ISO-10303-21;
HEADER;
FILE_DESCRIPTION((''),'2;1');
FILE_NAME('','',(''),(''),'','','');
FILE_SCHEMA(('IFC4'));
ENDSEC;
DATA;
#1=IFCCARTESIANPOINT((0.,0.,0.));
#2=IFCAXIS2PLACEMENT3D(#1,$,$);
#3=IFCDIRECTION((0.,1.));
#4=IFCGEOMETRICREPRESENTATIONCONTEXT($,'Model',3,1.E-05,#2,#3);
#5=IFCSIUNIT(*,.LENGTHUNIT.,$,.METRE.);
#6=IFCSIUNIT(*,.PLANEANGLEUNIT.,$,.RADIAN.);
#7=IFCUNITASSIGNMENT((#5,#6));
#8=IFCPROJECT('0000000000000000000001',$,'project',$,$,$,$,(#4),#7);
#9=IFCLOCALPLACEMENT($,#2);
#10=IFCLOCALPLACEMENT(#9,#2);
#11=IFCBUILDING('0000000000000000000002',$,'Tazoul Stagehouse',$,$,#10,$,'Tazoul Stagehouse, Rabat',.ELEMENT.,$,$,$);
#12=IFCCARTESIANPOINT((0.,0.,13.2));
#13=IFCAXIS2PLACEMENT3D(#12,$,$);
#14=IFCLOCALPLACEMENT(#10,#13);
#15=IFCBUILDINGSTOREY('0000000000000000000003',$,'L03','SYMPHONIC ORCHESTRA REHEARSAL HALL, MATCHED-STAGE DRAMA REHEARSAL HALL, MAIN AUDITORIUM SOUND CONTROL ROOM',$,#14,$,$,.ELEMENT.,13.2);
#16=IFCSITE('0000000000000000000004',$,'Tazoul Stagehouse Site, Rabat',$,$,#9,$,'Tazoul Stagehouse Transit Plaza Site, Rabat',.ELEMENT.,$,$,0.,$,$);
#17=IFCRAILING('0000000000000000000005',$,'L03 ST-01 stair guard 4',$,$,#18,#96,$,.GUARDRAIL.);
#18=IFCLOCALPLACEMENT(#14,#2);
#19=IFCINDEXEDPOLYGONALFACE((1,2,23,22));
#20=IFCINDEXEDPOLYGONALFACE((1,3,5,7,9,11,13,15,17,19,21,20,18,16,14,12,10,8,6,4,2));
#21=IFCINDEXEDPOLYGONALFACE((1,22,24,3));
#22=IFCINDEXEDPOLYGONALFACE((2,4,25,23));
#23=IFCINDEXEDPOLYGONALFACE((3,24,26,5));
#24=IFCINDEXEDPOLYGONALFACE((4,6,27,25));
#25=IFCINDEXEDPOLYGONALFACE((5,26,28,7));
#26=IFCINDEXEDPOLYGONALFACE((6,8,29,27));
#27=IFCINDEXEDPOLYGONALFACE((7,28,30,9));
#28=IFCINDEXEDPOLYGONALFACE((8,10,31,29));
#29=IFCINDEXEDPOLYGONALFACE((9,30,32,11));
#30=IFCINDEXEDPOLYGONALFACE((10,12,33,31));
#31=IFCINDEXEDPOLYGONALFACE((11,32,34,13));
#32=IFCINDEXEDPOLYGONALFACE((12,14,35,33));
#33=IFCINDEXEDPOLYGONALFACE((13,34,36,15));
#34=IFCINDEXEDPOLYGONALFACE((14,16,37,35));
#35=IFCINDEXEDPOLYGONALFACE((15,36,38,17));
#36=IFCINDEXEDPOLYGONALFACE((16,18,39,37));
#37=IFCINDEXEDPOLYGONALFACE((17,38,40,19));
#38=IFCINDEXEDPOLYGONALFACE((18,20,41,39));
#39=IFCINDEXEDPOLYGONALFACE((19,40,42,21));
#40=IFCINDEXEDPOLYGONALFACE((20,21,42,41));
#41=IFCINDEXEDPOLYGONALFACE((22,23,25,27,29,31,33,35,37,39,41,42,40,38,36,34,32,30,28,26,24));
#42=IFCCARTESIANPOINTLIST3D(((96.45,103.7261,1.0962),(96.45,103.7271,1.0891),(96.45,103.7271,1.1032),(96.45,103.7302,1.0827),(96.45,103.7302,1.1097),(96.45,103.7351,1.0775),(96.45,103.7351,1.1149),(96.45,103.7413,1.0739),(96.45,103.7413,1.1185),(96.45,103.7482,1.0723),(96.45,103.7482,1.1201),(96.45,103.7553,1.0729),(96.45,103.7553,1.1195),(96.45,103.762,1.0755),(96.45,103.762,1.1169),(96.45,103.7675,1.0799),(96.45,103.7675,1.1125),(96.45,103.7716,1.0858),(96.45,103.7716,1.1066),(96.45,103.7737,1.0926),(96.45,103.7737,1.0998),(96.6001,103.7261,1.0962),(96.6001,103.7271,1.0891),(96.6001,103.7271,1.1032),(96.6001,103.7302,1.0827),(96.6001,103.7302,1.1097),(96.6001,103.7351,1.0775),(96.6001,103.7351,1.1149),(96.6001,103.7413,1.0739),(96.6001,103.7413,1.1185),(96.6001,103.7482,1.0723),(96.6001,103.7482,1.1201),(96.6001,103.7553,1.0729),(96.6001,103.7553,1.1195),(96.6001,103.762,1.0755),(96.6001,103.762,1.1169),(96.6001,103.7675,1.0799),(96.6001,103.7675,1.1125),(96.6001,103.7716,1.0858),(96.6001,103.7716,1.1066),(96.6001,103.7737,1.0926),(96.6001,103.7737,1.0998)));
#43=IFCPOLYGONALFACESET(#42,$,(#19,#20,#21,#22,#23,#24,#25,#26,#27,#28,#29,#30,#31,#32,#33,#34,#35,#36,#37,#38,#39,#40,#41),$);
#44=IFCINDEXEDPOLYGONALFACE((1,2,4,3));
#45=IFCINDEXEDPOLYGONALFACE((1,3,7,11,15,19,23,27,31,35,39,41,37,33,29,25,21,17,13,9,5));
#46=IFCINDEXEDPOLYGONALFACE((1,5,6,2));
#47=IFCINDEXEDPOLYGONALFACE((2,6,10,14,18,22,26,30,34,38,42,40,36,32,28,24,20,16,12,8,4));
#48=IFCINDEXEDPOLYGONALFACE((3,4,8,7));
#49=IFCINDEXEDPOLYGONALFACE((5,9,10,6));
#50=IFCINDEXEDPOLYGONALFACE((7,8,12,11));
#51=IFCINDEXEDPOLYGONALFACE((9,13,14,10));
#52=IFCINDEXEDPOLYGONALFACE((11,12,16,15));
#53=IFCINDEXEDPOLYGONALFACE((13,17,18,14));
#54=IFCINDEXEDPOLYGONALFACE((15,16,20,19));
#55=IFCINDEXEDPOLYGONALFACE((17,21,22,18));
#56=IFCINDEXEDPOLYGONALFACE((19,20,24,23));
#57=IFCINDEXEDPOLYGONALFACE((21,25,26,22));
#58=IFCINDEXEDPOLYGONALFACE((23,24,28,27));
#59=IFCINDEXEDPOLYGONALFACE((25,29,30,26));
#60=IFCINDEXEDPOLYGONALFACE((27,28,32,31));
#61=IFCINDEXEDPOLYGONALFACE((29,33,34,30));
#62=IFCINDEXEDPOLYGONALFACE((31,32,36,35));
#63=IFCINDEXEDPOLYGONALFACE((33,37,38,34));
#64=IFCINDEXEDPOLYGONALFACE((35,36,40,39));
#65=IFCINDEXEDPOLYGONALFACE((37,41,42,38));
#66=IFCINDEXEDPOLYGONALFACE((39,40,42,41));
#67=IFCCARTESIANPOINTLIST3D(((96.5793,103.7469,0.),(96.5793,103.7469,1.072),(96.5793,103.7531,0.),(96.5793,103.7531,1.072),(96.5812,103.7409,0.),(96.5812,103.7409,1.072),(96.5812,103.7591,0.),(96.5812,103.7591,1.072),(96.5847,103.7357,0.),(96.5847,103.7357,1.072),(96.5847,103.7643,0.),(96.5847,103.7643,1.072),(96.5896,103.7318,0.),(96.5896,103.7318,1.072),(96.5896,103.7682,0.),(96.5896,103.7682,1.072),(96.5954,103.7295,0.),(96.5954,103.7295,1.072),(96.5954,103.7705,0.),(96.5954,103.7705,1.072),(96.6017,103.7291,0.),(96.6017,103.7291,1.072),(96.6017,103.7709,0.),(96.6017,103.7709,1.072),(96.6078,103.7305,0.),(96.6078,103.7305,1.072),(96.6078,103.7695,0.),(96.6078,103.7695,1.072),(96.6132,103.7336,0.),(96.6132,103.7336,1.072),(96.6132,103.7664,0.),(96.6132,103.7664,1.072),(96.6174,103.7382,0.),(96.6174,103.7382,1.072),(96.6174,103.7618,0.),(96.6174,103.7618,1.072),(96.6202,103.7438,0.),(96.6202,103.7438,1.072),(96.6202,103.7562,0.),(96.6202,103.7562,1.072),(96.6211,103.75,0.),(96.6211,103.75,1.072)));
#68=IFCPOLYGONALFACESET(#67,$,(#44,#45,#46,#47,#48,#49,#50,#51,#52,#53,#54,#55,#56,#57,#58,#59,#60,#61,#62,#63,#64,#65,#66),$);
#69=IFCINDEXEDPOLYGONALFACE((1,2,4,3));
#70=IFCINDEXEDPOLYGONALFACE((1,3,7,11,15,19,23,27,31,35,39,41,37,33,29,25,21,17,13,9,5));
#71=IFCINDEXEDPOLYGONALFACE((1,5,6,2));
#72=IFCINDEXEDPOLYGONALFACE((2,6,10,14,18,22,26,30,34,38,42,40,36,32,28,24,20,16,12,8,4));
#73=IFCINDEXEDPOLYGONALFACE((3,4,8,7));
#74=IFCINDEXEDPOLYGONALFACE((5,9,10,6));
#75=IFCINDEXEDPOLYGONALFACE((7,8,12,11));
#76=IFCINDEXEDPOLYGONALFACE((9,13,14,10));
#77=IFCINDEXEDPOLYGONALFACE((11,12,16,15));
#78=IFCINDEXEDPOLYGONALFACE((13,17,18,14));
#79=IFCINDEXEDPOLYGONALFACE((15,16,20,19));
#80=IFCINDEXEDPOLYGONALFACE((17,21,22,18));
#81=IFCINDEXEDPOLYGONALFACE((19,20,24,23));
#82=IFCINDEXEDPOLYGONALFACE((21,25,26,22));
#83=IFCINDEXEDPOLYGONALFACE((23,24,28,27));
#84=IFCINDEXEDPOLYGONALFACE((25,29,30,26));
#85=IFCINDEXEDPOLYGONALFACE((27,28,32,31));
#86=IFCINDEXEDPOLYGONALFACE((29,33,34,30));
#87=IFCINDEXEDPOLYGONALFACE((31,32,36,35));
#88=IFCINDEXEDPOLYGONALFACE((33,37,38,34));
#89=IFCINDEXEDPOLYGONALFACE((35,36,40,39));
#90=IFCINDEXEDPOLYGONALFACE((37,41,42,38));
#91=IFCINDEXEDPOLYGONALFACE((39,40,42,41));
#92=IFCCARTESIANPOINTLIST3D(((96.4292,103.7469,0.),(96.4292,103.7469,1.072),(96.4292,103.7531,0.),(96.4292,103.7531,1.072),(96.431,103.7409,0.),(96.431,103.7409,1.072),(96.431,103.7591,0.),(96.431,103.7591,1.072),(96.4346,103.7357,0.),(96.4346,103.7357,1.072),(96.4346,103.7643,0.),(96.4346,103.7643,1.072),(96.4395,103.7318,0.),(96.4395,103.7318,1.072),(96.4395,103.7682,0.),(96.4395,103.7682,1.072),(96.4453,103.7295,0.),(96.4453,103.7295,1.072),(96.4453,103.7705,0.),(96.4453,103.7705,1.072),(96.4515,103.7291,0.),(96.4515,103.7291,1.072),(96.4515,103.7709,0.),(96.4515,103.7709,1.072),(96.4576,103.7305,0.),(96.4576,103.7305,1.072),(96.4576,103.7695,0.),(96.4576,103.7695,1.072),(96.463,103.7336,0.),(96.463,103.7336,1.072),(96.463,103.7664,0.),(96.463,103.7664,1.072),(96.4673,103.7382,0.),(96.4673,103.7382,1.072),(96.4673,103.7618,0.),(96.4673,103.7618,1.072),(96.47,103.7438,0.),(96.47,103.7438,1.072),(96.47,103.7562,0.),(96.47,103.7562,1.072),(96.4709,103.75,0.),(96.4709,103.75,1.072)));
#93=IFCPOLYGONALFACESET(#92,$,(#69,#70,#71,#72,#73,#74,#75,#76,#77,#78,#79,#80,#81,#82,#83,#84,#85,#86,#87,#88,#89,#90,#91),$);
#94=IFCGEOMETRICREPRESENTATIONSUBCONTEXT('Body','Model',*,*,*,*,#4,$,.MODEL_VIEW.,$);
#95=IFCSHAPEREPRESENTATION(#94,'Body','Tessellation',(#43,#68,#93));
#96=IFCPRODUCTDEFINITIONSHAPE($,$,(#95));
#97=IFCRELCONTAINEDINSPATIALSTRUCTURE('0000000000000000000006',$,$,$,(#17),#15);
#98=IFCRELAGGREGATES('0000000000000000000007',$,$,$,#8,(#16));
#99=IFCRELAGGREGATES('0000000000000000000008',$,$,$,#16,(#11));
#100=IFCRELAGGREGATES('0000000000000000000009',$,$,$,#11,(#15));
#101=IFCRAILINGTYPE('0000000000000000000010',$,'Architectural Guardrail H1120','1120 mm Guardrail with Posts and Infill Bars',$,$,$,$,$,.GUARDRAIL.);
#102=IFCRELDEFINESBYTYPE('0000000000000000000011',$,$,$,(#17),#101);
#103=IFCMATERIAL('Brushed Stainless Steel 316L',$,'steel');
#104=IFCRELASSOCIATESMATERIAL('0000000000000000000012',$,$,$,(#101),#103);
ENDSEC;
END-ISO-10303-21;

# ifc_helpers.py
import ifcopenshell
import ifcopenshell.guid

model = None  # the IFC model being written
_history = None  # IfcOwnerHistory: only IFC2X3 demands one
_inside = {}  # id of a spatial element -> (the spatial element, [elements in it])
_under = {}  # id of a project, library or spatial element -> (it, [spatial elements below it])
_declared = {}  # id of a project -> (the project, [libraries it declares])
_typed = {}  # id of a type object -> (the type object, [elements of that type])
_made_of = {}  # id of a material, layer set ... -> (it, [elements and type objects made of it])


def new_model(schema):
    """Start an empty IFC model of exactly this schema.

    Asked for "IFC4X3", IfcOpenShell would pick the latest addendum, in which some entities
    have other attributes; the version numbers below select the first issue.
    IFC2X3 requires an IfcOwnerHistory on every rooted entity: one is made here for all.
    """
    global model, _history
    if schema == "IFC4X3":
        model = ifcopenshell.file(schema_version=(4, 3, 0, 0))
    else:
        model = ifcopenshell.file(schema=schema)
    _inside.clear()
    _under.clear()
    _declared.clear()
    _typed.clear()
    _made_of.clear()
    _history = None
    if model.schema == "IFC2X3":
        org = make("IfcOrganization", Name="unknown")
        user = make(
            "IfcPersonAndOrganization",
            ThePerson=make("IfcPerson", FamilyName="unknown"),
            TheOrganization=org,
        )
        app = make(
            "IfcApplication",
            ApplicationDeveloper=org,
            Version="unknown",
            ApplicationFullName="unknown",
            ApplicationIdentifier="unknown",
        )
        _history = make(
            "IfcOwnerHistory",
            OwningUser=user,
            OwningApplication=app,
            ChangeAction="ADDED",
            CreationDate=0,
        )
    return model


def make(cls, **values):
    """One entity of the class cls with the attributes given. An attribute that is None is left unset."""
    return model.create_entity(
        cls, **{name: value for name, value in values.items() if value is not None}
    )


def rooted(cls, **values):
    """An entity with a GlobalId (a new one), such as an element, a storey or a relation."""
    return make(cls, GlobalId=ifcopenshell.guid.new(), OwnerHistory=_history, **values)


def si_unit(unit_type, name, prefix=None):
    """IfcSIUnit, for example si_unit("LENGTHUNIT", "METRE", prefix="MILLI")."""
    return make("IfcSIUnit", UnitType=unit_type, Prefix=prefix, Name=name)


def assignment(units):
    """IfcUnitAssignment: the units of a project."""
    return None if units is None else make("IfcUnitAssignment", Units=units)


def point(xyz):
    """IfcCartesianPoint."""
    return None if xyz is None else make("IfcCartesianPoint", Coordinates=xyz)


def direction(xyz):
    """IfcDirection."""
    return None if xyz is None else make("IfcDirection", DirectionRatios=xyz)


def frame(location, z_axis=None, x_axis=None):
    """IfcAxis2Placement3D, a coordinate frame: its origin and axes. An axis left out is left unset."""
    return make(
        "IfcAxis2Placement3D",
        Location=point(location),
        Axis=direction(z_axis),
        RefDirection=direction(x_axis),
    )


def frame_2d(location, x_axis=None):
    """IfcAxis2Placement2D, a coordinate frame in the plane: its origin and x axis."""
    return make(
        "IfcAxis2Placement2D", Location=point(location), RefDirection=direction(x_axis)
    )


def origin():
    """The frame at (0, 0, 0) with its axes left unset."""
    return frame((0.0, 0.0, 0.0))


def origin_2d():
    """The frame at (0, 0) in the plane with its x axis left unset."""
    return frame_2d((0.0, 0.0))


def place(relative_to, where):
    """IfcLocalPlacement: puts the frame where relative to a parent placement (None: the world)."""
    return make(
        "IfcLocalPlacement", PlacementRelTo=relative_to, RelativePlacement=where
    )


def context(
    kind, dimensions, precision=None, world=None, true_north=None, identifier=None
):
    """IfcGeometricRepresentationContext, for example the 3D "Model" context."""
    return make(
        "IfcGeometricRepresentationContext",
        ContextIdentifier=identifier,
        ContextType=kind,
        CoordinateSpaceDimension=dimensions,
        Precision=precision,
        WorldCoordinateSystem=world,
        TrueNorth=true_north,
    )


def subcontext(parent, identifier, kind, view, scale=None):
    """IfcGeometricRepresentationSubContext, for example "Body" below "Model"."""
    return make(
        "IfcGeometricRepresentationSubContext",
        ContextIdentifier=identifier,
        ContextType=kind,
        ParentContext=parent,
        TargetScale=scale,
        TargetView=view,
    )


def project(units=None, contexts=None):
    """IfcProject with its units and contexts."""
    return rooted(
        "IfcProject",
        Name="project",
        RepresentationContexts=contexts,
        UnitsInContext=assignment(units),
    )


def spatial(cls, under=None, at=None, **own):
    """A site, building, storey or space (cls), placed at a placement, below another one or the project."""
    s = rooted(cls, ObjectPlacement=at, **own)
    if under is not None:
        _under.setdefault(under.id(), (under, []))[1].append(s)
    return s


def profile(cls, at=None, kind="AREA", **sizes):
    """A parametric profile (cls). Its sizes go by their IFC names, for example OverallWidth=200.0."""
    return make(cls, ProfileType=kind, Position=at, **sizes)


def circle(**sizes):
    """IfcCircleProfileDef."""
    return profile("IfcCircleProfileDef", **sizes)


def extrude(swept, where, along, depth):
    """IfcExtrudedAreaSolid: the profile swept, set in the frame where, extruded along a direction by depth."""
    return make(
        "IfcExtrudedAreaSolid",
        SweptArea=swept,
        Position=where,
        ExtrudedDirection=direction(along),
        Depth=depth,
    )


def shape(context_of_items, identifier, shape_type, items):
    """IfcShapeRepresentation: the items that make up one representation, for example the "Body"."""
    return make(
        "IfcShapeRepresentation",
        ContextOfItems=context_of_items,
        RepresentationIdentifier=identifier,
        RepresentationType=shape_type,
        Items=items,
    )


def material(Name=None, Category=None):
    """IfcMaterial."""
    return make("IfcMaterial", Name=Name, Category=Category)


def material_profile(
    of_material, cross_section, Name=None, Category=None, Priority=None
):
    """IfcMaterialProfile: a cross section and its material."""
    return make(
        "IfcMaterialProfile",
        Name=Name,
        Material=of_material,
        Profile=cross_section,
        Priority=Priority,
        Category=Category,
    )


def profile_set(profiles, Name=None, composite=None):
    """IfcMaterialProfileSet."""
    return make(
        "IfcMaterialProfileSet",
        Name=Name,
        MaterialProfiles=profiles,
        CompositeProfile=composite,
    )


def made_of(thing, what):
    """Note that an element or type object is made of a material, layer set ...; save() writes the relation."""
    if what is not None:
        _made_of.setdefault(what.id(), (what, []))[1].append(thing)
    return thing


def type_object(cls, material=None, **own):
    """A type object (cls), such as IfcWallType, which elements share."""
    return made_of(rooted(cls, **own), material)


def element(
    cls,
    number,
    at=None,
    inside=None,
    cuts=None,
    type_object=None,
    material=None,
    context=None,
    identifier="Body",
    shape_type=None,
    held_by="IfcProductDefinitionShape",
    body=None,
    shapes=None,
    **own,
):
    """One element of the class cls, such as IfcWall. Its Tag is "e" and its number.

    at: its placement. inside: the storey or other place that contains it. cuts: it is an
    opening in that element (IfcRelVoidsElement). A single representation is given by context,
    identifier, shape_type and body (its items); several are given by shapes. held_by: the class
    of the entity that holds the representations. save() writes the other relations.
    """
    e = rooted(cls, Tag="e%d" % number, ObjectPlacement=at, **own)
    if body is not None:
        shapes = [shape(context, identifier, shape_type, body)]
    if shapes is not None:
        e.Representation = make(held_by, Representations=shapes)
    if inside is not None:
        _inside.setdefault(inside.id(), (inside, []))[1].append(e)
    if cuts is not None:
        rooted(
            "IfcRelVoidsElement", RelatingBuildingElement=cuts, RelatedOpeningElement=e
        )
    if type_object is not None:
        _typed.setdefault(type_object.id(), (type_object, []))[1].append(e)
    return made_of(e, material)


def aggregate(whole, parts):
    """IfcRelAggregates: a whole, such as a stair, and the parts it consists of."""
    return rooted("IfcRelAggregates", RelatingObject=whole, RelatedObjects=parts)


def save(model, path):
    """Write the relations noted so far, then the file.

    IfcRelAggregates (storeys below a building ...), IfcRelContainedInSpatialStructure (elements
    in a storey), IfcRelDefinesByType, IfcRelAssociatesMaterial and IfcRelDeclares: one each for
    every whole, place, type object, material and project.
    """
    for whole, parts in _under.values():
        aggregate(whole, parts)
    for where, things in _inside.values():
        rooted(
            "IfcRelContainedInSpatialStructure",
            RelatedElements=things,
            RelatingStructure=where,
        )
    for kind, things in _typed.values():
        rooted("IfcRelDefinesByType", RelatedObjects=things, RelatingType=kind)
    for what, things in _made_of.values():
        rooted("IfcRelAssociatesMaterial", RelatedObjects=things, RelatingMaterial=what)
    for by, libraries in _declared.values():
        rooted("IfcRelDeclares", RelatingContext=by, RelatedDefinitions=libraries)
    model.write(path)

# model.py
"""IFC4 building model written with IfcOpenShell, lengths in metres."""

from ifc_helpers import new_model, si_unit, direction, frame, origin, origin_2d, place, context, subcontext, project, spatial, circle, extrude, material, material_profile, profile_set, type_object, element, save


model = new_model("IFC4")

# Units and contexts
model_context = context("Model", 3, precision=1e-05, world=origin(), true_north=direction((0.0, 1.0)))
body_context = subcontext(model_context, "Body", "Model", "MODEL_VIEW")
ifc_project = project(units=[si_unit("LENGTHUNIT", "METRE"), si_unit("PLANEANGLEUNIT", "RADIAN")], contexts=[model_context])

# Site, building, storey
site_placement = place(None, origin())
site = spatial("IfcSite", under=ifc_project, at=site_placement, Name="Tazoul Stagehouse Site, Rabat", LongName="Tazoul Stagehouse Transit Plaza Site, Rabat", CompositionType="ELEMENT", RefElevation=0.0)
building_placement = place(site_placement, origin())
building = spatial("IfcBuilding", under=site, at=building_placement, Name="Tazoul Stagehouse", LongName="Tazoul Stagehouse, Rabat", CompositionType="ELEMENT")
storey_placement = place(building_placement, frame((0.0, 0.0, 13.2)))
storey = spatial("IfcBuildingStorey", under=building, at=storey_placement, Name="L03", Description="SYMPHONIC ORCHESTRA REHEARSAL HALL, MATCHED-STAGE DRAMA REHEARSAL HALL, MAIN AUDITORIUM SOUND CONTROL ROOM", CompositionType="ELEMENT", Elevation=13.2)

# Railing
ifc_material_1 = material(Name="Brushed Stainless Steel 316L", Category="steel")
ifc_material_profile_1 = material_profile(ifc_material_1, circle(Radius=0.0239, at=origin_2d()), Name="SS RAIL D48")
ifc_profile_set_1 = profile_set([ifc_material_profile_1], Name="Brushed Stainless Steel 316L")
railing_type_1 = type_object("IfcRailingType", Name="Architectural Guardrail H1120", Description="1120 mm Guardrail with Posts and Infill Bars", PredefinedType="GUARDRAIL", material=ifc_profile_set_1)
railing_1_placement = place(storey_placement, frame((96.6001, 103.75, 0.0)))
element("IfcRailing", 1, at=railing_1_placement, inside=storey, type_object=railing_type_1, Name="L03 ST-01 stair guard 4", PredefinedType="GUARDRAIL", context=body_context, shape_type="SweptSolid", body=[
    extrude(circle(Radius=0.0239, at=origin_2d()), frame((0.0, 0.0, 1.0962), z_axis=(-1.0, 0.0, 0.0), x_axis=(0.0, -1.0, 0.0)), (0.0, 0.0, 1.0), 0.1501),
    extrude(circle(Radius=0.021, at=origin_2d()), origin(), (0.0, 0.0, 1.0), 1.072),
    extrude(circle(Radius=0.021, at=origin_2d()), frame((-0.1501, 0.0, 0.0)), (0.0, 0.0, 1.0), 1.072),
])

save(model, "model.ifc")
